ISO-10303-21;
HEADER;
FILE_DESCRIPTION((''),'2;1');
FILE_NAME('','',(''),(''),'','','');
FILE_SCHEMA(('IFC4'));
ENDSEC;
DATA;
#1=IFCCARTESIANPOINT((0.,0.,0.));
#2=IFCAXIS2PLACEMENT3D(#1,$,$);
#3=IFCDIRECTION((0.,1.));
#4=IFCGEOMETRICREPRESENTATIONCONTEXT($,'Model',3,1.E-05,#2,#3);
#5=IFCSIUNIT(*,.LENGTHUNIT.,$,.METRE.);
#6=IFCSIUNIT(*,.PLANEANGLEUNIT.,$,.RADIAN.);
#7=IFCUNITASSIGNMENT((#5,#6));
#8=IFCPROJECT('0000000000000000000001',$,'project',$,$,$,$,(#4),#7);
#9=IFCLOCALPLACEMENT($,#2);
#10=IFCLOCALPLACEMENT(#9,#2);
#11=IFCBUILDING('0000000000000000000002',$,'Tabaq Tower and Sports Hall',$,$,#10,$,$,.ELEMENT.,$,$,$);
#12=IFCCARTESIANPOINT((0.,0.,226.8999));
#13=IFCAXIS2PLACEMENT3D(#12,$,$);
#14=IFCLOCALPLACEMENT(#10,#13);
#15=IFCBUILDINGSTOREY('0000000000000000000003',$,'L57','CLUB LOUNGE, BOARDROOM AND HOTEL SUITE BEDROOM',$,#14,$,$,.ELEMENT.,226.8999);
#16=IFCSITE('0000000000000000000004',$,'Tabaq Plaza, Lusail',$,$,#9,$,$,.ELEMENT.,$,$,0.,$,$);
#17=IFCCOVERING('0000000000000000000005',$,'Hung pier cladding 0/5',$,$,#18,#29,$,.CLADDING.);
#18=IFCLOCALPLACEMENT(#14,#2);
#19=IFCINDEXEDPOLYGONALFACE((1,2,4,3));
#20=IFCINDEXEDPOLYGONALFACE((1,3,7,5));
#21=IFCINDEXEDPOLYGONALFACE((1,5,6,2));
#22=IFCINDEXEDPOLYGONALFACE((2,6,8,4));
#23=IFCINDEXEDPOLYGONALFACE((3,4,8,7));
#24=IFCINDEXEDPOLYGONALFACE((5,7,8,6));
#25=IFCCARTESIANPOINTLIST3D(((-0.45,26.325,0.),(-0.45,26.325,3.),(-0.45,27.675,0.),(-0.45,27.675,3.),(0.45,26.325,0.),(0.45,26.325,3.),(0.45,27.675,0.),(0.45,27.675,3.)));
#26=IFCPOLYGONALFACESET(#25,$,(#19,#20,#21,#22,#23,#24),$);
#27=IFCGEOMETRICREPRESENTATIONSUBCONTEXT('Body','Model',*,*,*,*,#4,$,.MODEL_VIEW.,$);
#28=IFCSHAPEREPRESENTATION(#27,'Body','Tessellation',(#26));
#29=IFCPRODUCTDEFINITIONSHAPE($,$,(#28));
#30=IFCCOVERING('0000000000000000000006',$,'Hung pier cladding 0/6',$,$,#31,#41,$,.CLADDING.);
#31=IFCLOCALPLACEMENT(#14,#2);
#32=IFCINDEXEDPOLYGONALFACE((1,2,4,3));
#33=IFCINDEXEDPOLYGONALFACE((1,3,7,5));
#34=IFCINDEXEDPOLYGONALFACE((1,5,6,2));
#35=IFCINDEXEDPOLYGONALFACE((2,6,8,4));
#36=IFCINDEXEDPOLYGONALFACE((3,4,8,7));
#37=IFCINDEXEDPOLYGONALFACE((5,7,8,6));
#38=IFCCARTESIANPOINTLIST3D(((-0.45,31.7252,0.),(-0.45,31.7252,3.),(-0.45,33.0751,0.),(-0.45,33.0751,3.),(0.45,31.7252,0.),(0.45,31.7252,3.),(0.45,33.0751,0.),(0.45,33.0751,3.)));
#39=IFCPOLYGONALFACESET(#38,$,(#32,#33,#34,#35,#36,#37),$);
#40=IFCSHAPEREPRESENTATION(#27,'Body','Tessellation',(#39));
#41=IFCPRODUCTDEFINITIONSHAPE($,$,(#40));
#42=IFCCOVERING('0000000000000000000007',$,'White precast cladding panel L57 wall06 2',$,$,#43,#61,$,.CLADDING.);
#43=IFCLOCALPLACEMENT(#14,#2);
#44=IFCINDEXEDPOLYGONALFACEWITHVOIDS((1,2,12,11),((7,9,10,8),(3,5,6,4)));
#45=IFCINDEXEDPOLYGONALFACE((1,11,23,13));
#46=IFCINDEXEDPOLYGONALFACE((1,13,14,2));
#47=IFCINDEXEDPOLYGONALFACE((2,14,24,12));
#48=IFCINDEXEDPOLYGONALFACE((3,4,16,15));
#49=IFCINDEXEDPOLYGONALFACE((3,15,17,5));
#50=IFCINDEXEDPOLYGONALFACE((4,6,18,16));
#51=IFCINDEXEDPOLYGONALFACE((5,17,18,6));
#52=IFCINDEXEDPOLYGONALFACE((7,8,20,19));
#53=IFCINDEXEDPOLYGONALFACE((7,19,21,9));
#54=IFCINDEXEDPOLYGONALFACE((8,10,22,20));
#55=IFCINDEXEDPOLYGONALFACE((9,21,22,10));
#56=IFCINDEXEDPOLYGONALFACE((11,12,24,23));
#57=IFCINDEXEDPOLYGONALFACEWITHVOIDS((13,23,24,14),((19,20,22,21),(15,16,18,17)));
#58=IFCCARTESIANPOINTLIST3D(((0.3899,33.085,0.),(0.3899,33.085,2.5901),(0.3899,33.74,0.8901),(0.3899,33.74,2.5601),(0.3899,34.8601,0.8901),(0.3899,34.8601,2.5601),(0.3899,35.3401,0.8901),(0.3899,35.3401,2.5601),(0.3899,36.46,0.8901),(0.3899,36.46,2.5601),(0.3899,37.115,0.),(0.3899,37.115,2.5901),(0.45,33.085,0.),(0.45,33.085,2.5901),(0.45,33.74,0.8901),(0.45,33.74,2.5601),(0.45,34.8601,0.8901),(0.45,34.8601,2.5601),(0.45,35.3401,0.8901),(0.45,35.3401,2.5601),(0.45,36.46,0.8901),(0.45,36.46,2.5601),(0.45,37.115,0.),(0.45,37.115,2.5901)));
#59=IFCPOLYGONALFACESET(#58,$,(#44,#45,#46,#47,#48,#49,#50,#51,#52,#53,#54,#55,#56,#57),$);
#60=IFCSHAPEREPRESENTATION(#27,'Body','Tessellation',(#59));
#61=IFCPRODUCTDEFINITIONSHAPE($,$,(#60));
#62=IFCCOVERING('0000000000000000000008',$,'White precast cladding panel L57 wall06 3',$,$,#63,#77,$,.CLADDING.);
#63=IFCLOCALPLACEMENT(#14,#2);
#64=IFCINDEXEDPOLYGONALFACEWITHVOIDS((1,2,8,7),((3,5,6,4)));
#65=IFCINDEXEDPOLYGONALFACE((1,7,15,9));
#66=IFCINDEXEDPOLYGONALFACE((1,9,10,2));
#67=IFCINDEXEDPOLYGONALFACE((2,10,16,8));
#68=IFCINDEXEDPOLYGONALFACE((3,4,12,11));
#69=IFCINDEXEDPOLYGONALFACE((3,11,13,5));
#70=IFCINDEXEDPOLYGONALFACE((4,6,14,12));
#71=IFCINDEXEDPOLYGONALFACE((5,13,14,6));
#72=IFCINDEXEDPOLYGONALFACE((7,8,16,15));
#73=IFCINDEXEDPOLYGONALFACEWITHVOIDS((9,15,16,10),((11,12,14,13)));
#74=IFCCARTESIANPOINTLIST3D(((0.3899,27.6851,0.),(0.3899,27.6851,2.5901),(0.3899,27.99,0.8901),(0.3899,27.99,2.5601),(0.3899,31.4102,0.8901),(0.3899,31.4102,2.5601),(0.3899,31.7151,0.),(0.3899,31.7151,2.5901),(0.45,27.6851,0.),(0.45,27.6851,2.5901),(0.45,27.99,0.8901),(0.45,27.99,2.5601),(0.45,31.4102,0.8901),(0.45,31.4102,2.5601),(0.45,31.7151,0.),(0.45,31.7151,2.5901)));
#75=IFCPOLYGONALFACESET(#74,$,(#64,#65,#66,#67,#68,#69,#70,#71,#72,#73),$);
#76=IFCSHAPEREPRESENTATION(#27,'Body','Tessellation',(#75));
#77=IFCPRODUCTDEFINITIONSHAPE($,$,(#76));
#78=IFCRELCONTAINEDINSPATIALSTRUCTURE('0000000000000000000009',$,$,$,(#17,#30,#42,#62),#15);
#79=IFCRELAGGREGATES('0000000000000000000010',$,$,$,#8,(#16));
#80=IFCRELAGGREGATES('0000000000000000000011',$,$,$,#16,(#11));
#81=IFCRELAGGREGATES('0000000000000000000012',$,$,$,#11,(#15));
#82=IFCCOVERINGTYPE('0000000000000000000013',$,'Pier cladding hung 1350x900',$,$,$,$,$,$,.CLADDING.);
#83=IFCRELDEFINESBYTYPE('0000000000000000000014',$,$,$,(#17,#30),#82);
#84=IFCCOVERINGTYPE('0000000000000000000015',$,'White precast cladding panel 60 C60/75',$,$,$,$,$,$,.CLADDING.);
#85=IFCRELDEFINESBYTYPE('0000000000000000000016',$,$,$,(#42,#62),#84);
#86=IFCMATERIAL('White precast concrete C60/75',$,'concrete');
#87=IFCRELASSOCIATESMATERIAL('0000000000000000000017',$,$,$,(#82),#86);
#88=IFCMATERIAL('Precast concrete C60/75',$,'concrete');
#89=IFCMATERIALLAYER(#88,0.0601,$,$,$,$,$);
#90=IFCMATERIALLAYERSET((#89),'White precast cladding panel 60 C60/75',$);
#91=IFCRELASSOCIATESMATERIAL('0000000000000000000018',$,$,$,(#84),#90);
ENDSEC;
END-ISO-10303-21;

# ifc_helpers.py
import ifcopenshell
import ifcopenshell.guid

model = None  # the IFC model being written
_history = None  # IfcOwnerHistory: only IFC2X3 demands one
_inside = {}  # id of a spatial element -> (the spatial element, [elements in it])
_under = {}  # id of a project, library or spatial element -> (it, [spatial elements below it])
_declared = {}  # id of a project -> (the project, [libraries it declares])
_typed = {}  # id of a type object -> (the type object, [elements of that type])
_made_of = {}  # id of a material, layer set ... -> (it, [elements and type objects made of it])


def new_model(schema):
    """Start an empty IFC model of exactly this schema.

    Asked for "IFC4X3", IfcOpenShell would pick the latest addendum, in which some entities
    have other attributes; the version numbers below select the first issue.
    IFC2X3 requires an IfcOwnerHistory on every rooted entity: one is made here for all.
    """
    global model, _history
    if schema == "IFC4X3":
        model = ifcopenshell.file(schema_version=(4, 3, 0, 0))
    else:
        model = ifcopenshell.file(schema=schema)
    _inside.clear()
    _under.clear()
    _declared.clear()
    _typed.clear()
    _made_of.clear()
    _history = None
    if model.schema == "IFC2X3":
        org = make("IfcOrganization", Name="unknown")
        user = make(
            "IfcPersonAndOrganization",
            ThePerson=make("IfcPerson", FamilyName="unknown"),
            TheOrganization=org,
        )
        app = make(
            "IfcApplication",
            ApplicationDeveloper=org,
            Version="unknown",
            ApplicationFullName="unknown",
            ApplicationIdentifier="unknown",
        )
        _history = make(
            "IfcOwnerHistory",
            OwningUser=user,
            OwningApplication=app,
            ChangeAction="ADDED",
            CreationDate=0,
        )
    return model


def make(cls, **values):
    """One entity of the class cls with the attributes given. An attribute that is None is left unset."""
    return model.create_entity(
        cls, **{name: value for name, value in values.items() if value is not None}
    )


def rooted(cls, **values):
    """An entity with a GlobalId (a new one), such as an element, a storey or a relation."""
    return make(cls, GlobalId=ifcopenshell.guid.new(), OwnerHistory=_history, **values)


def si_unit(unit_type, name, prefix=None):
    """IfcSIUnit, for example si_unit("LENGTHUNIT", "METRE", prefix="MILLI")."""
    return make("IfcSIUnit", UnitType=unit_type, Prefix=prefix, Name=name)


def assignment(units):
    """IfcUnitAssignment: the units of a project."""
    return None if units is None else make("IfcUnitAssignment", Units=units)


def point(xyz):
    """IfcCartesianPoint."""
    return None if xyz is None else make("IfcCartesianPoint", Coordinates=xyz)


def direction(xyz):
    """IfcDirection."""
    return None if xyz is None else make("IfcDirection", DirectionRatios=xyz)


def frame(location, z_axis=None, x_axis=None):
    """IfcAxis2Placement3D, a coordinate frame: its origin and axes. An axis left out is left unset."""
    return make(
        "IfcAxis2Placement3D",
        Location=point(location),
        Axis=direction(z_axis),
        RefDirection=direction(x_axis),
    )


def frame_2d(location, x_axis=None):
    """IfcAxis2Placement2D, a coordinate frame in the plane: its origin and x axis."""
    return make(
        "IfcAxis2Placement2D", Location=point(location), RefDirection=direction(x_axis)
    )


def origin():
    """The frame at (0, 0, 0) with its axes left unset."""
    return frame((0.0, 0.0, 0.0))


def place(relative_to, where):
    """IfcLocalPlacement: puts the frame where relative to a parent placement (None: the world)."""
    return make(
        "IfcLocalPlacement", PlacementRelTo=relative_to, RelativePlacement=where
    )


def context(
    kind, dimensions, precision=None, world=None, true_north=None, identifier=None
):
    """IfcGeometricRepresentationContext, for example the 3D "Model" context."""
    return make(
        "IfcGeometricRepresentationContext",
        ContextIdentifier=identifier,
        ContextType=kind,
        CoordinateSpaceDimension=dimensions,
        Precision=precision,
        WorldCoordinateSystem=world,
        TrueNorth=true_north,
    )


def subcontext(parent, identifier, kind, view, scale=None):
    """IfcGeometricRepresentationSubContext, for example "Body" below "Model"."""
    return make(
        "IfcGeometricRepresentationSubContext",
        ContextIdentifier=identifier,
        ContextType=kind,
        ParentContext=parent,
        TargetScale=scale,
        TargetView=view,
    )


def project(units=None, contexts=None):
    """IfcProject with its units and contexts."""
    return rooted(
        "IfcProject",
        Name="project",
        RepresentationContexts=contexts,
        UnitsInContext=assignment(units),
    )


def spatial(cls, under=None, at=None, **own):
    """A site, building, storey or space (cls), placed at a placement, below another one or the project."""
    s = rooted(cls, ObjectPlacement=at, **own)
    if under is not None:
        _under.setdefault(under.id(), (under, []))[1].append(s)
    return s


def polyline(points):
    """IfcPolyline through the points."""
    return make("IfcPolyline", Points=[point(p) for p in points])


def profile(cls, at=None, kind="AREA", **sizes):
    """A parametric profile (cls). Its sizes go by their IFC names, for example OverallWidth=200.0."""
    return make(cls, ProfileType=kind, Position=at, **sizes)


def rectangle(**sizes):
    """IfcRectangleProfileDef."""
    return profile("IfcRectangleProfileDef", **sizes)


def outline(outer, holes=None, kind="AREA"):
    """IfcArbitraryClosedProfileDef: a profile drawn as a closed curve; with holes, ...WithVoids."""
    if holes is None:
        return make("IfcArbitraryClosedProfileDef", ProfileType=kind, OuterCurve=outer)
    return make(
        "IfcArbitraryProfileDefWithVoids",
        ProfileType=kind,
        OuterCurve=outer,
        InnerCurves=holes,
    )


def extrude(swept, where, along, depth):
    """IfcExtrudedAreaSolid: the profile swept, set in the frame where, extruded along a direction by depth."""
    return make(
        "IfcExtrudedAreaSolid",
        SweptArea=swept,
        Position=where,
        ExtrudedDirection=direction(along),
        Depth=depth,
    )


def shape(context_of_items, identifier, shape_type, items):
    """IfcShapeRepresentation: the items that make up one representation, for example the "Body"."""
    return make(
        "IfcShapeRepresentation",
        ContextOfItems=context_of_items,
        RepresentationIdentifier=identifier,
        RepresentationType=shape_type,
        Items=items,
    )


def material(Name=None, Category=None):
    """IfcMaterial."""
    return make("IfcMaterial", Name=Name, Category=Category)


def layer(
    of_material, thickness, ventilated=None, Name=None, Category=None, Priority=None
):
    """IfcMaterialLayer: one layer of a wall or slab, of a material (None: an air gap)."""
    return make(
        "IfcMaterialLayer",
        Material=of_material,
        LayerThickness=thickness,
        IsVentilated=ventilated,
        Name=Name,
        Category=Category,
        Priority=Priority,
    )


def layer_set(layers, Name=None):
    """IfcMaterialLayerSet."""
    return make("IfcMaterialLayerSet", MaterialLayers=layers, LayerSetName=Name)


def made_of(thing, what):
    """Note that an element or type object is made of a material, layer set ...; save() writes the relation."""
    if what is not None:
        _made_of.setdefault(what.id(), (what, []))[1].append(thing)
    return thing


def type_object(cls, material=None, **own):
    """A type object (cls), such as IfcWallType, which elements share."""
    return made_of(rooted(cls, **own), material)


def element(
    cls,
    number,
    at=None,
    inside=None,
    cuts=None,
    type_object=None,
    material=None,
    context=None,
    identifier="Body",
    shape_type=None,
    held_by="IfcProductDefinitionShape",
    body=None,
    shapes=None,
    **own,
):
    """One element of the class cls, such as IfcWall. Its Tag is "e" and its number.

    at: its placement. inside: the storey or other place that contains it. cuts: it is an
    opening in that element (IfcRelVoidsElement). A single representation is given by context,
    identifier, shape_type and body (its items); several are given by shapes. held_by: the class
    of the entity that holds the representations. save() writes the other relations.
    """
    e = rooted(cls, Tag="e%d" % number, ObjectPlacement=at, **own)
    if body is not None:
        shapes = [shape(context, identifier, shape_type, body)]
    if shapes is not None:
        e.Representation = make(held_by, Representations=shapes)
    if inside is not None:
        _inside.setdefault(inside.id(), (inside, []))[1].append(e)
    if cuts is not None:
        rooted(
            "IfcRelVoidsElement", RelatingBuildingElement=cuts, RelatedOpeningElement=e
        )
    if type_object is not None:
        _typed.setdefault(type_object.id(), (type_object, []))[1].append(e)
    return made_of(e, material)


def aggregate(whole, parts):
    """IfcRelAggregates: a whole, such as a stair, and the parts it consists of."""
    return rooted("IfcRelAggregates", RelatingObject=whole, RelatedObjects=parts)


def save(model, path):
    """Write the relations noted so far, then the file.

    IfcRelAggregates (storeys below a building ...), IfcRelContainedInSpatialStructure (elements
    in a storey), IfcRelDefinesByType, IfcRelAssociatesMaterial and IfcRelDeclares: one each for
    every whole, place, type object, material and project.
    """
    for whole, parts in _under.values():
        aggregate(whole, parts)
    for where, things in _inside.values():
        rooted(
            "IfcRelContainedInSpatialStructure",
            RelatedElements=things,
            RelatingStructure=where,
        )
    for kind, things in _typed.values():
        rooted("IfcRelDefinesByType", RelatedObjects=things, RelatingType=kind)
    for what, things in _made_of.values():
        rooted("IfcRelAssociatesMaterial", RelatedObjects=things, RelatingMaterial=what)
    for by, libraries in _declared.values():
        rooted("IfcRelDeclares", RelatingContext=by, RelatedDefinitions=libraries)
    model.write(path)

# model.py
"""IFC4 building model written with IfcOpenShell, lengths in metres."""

from ifc_helpers import new_model, si_unit, direction, frame, frame_2d, origin, place, context, subcontext, project, spatial, polyline, rectangle, outline, extrude, material, layer, layer_set, type_object, element, save


model = new_model("IFC4")

# Units and contexts
model_context = context("Model", 3, precision=1e-05, world=origin(), true_north=direction((0.0, 1.0)))
body_context = subcontext(model_context, "Body", "Model", "MODEL_VIEW")
ifc_project = project(units=[si_unit("LENGTHUNIT", "METRE"), si_unit("PLANEANGLEUNIT", "RADIAN")], contexts=[model_context])

# Site, building, storey
site_placement = place(None, origin())
site = spatial("IfcSite", under=ifc_project, at=site_placement, Name="Tabaq Plaza, Lusail", CompositionType="ELEMENT", RefElevation=0.0)
building_placement = place(site_placement, origin())
building = spatial("IfcBuilding", under=site, at=building_placement, Name="Tabaq Tower and Sports Hall", CompositionType="ELEMENT")
storey_placement = place(building_placement, frame((0.0, 0.0, 226.8999)))
storey = spatial("IfcBuildingStorey", under=building, at=storey_placement, Name="L57", Description="CLUB LOUNGE, BOARDROOM AND HOTEL SUITE BEDROOM", CompositionType="ELEMENT", Elevation=226.8999)

# Coverings
ifc_material_1 = material(Name="White precast concrete C60/75", Category="concrete")
covering_type_1 = type_object("IfcCoveringType", Name="Pier cladding hung 1350x900", PredefinedType="CLADDING", material=ifc_material_1)
covering_1_placement = place(storey_placement, frame((0.0, 27.675, 0.0), z_axis=(0.0, 0.0, 1.0), x_axis=(0.0, -1.0, 0.0)))
element("IfcCovering", 1, at=covering_1_placement, inside=storey, type_object=covering_type_1, Name="Hung pier cladding 0/5", PredefinedType="CLADDING", context=body_context, shape_type="SweptSolid", body=[
    extrude(rectangle(XDim=1.3501, YDim=0.8999, at=frame_2d((0.675, 0.0))), origin(), (0.0, 0.0, 1.0), 3.0),
])
covering_2_placement = place(storey_placement, frame((0.0, 33.075, 0.0), z_axis=(0.0, 0.0, 1.0), x_axis=(0.0, -1.0, 0.0)))
element("IfcCovering", 2, at=covering_2_placement, inside=storey, type_object=covering_type_1, Name="Hung pier cladding 0/6", PredefinedType="CLADDING", context=body_context, shape_type="SweptSolid", body=[
    extrude(rectangle(XDim=1.3499, YDim=0.8999, at=frame_2d((0.6748, 0.0))), origin(), (0.0, 0.0, 1.0), 3.0),
])
ifc_material_2 = material(Name="Precast concrete C60/75", Category="concrete")
ifc_layer_1 = layer(ifc_material_2, 0.0601)
ifc_layer_set_1 = layer_set([ifc_layer_1], Name="White precast cladding panel 60 C60/75")
covering_type_2 = type_object("IfcCoveringType", Name="White precast cladding panel 60 C60/75", PredefinedType="CLADDING", material=ifc_layer_set_1)
covering_3_placement = place(storey_placement, frame((0.4199, 37.115, 0.0), z_axis=(0.0, 0.0, 1.0), x_axis=(0.0, -1.0, 0.0)))
element("IfcCovering", 3, at=covering_3_placement, inside=storey, type_object=covering_type_2, Name="White precast cladding panel L57 wall06 2", PredefinedType="CLADDING", context=body_context, shape_type="SweptSolid", body=[
    extrude(outline(polyline([(0.0, 0.0), (4.03, 0.0), (4.03, 2.5901), (0.0, 2.5901), (0.0, 0.0)]), holes=[polyline([(0.655, 0.8901), (0.655, 2.5601), (1.7749, 2.5601), (1.7749, 0.8901), (0.655, 0.8901)]), polyline([(2.2549, 0.8901), (2.2549, 2.5601), (3.375, 2.5601), (3.375, 0.8901), (2.2549, 0.8901)])]), frame((0.0, 0.03, 0.0), z_axis=(0.0, -1.0, 0.0), x_axis=(1.0, 0.0, 0.0)), (0.0, 0.0, 1.0), 0.0601),
])
covering_4_placement = place(storey_placement, frame((0.4199, 31.7151, 0.0), z_axis=(0.0, 0.0, 1.0), x_axis=(0.0, -1.0, 0.0)))
element("IfcCovering", 4, at=covering_4_placement, inside=storey, type_object=covering_type_2, Name="White precast cladding panel L57 wall06 3", PredefinedType="CLADDING", context=body_context, shape_type="SweptSolid", body=[
    extrude(outline(polyline([(0.0, 0.0), (4.03, 0.0), (4.03, 2.5901), (0.0, 2.5901), (0.0, 0.0)]), holes=[polyline([(3.7251, 0.8901), (0.3049, 0.8901), (0.3049, 2.5601), (3.7251, 2.5601), (3.7251, 0.8901)])]), frame((0.0, 0.03, 0.0), z_axis=(0.0, -1.0, 0.0), x_axis=(1.0, 0.0, 0.0)), (0.0, 0.0, 1.0), 0.0601),
])

save(model, "model.ifc")
